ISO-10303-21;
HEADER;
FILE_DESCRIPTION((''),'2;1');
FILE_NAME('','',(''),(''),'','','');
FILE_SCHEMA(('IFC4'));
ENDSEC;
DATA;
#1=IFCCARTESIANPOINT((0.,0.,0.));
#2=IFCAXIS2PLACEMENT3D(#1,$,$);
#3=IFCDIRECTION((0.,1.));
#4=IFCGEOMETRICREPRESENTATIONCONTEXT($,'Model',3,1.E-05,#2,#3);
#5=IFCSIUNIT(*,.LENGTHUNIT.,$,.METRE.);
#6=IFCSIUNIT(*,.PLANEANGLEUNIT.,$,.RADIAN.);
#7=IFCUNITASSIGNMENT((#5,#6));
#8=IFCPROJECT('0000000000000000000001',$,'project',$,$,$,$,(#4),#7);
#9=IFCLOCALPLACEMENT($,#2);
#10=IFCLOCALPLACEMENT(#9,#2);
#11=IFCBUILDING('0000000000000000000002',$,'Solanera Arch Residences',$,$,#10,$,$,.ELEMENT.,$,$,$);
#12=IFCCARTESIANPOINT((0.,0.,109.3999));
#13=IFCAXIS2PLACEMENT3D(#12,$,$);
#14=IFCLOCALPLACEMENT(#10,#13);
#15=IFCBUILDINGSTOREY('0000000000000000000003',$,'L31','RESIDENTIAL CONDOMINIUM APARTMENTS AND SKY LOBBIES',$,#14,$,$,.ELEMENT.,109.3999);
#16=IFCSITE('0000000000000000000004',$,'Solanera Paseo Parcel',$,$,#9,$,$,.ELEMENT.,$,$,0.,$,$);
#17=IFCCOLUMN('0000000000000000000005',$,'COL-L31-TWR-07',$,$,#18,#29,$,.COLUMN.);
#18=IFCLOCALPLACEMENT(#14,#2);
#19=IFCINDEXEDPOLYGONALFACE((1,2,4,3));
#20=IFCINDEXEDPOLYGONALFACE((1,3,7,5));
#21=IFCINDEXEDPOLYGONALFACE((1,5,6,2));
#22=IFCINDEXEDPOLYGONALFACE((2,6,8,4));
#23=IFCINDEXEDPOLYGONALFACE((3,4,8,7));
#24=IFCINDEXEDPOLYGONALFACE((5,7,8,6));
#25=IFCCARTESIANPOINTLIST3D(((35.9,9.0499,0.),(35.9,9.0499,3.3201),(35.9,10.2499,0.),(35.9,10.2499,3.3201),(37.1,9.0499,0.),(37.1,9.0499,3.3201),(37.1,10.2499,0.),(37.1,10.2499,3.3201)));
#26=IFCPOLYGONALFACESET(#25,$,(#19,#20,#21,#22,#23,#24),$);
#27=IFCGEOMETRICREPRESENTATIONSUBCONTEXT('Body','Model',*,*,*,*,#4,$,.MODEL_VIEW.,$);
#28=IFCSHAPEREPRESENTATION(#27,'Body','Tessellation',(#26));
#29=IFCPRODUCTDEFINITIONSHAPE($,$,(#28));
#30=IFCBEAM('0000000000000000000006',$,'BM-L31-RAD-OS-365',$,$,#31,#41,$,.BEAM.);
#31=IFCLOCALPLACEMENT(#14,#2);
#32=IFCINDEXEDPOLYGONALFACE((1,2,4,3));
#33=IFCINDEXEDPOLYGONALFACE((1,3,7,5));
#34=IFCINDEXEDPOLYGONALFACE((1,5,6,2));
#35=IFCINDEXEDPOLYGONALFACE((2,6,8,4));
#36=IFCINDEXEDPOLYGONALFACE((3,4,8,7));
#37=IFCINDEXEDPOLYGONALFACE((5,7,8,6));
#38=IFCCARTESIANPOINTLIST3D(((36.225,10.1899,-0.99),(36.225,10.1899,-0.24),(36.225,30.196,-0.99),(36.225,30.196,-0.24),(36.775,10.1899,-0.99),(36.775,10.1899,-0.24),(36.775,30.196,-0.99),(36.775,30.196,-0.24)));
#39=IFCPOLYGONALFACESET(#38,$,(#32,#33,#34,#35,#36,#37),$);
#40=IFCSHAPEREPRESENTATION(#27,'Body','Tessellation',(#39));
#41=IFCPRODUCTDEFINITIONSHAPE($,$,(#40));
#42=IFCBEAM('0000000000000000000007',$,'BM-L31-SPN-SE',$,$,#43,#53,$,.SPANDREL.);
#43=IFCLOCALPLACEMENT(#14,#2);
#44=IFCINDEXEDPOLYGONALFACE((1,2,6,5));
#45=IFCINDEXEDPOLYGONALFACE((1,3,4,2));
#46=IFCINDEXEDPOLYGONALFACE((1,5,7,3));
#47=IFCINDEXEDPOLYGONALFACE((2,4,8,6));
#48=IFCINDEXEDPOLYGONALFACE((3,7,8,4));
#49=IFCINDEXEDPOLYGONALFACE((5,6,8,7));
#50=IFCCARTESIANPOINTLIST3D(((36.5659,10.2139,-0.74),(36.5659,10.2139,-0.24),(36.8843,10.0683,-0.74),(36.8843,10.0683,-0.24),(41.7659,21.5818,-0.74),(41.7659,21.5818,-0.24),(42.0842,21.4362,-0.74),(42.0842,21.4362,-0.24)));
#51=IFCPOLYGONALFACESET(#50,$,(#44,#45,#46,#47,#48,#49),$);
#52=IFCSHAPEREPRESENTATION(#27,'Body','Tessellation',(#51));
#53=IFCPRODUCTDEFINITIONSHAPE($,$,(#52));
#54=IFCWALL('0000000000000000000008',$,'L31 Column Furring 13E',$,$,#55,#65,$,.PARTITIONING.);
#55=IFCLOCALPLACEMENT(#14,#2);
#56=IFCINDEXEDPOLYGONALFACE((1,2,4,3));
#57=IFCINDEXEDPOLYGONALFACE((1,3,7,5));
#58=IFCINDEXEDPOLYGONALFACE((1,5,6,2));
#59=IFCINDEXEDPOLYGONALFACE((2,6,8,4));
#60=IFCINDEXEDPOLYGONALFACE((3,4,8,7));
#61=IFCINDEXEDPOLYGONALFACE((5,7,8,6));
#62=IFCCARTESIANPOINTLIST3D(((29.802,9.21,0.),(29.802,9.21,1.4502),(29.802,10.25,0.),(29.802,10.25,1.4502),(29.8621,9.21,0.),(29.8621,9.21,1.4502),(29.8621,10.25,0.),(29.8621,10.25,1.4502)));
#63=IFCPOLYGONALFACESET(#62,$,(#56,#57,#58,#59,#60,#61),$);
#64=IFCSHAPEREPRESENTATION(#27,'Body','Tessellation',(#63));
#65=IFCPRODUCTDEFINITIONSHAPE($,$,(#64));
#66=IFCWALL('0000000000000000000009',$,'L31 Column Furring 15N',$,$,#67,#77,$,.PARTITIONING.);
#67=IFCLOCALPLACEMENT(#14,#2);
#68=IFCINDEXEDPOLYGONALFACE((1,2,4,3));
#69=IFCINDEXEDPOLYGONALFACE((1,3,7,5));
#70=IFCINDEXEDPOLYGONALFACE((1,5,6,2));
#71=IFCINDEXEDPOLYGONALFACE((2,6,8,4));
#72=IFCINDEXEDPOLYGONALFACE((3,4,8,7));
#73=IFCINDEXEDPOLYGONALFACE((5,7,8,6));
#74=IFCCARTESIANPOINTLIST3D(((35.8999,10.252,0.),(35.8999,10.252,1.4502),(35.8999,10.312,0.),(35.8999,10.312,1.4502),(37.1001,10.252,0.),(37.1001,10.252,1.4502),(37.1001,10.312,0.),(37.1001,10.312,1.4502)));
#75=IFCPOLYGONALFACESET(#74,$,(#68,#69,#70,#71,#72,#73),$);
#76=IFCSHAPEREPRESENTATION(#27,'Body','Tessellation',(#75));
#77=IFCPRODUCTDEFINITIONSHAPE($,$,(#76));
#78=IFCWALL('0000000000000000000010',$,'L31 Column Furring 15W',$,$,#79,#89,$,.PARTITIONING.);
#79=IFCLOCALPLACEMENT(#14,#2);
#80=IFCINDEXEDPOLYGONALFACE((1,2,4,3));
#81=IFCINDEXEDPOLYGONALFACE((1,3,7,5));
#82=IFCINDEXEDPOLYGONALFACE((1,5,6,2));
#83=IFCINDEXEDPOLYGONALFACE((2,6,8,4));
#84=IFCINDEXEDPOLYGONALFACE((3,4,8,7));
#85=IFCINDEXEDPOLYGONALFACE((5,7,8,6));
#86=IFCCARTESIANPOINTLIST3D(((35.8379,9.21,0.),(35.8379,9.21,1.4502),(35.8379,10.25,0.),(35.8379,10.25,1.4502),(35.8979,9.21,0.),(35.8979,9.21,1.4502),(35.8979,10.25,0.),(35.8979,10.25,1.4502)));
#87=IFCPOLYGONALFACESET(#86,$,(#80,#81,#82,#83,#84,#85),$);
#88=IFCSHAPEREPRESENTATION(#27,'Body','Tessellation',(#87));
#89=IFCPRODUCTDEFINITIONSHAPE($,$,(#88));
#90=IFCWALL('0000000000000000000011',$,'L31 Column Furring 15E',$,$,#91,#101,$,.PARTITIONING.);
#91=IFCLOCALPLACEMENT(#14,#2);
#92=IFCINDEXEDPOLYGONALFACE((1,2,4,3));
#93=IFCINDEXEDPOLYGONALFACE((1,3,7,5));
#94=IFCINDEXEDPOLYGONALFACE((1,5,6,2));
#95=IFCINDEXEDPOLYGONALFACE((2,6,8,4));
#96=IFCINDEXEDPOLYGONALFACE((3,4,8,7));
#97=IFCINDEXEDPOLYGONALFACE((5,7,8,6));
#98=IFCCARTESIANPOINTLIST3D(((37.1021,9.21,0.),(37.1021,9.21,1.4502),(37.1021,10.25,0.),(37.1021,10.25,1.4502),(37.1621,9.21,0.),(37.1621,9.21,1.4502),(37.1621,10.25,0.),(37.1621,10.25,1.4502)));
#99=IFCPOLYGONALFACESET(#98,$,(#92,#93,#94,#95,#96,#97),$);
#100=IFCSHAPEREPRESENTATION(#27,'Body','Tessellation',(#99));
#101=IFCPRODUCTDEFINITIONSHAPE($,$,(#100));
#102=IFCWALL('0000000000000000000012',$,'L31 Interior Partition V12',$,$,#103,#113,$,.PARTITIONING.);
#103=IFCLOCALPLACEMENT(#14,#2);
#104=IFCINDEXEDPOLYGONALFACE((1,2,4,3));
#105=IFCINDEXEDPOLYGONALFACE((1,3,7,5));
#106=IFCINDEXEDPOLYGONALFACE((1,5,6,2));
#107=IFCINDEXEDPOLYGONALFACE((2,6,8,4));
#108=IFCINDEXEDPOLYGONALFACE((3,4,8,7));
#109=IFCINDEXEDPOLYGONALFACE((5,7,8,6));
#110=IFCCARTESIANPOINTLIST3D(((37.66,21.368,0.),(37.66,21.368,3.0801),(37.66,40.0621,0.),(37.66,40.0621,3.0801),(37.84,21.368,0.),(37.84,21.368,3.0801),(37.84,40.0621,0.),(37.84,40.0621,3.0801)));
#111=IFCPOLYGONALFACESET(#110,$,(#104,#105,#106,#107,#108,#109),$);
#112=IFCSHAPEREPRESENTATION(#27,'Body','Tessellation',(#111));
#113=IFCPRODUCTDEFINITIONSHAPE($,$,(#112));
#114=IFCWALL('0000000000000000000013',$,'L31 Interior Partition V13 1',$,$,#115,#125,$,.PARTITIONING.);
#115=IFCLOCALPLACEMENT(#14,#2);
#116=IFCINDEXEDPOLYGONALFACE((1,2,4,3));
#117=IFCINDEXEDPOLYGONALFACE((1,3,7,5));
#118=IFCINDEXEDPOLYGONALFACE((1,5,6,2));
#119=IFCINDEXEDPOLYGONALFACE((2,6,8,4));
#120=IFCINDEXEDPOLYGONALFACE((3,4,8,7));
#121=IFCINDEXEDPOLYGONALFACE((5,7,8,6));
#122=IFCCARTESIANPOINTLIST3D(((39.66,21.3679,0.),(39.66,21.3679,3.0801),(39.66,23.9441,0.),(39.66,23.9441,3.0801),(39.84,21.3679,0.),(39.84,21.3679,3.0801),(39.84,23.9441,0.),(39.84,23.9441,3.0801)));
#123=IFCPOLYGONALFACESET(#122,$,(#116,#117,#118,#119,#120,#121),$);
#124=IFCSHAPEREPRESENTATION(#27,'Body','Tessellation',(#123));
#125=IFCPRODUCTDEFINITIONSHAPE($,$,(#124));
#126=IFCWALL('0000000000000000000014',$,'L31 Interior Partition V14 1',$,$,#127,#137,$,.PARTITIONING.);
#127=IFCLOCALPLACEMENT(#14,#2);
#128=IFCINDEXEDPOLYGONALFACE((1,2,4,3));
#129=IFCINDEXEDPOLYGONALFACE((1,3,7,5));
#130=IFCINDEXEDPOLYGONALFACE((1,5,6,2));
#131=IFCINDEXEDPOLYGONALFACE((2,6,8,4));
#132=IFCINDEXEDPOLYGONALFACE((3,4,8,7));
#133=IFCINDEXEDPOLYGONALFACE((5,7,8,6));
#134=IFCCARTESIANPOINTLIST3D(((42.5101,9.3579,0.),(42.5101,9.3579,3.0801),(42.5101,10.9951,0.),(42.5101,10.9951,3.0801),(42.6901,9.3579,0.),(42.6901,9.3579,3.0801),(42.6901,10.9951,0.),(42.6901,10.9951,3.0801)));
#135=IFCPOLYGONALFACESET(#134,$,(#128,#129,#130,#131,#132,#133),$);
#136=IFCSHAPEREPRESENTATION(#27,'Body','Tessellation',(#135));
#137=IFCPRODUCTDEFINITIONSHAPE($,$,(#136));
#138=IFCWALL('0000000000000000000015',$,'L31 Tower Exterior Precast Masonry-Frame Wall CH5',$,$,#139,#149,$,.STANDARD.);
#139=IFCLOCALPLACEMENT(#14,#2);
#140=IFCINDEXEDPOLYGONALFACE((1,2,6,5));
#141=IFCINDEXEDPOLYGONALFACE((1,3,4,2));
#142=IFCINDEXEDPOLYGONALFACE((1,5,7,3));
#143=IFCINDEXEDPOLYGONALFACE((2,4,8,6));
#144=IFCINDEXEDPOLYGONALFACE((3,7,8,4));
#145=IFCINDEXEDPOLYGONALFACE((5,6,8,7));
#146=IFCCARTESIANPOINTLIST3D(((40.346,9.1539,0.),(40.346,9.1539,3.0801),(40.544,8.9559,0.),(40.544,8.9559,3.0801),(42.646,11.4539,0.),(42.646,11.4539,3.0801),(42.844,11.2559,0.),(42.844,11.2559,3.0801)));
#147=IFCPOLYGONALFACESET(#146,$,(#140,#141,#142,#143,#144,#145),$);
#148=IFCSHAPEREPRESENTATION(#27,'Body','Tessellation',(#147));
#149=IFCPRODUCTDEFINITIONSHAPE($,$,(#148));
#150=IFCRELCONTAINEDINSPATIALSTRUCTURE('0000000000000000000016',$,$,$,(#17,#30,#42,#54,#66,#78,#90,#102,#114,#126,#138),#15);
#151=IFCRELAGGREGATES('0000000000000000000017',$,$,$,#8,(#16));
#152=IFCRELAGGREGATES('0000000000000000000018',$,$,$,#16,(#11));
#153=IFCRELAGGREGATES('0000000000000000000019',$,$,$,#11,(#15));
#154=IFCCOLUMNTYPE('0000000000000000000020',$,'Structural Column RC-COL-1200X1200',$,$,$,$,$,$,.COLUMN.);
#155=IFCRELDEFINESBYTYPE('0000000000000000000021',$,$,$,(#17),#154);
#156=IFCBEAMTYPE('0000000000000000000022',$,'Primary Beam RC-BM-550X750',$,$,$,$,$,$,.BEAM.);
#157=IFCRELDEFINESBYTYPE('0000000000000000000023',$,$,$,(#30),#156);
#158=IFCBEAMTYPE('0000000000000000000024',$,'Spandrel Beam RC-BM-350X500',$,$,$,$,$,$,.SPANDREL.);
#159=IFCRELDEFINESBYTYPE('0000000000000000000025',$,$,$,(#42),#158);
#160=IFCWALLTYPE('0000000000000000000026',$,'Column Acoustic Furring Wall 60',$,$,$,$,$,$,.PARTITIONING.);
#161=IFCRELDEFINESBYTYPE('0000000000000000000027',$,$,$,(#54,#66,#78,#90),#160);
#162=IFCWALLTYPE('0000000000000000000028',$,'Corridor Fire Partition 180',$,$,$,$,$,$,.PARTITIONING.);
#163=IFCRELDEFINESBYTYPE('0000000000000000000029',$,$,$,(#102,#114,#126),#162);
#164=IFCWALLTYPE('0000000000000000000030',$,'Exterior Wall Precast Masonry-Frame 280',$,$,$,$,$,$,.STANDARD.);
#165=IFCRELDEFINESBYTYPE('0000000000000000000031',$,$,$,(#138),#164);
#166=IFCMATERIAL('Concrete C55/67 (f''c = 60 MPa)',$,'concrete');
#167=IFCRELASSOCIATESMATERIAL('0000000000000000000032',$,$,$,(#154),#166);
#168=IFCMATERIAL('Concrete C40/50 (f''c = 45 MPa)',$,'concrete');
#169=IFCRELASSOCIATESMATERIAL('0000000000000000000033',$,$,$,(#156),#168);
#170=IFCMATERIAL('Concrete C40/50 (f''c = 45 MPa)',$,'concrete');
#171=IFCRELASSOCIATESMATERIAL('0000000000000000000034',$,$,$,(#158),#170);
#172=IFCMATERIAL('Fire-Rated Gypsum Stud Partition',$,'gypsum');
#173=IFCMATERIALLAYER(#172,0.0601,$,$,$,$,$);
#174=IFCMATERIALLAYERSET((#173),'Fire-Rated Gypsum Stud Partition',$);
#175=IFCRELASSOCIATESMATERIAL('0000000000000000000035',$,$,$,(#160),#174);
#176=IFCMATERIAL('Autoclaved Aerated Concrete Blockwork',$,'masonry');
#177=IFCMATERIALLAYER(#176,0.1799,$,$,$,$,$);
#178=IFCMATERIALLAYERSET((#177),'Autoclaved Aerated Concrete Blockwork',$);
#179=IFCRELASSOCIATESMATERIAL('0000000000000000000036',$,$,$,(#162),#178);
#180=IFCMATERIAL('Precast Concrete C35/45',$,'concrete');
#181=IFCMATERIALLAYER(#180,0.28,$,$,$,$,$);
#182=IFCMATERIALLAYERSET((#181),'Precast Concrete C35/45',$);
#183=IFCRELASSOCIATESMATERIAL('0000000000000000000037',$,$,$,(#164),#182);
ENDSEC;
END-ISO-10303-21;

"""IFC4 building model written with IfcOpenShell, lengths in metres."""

from ifc_helpers import new_model, si_unit, direction, frame, frame_2d, origin, origin_2d, place, context, subcontext, project, spatial, rectangle, extrude, material, layer, layer_set, material_profile, profile_set, type_object, element, save


model = new_model("IFC4")

# Units and contexts
model_context = context("Model", 3, precision=1e-05, world=origin(), true_north=direction((0.0, 1.0)))
body_context = subcontext(model_context, "Body", "Model", "MODEL_VIEW")
ifc_project = project(units=[si_unit("LENGTHUNIT", "METRE"), si_unit("PLANEANGLEUNIT", "RADIAN")], contexts=[model_context])

# Site, building, storey
site_placement = place(None, origin())
site = spatial("IfcSite", under=ifc_project, at=site_placement, Name="Solanera Paseo Parcel", CompositionType="ELEMENT", RefElevation=0.0)
building_placement = place(site_placement, origin())
building = spatial("IfcBuilding", under=site, at=building_placement, Name="Solanera Arch Residences", CompositionType="ELEMENT")
storey_placement = place(building_placement, frame((0.0, 0.0, 109.3999)))
storey = spatial("IfcBuildingStorey", under=building, at=storey_placement, Name="L31", Description="RESIDENTIAL CONDOMINIUM APARTMENTS AND SKY LOBBIES", CompositionType="ELEMENT", Elevation=109.3999)

# Column
ifc_material_1 = material(Name="Concrete C55/67 (f'c = 60 MPa)", Category="concrete")
ifc_material_profile_1 = material_profile(ifc_material_1, rectangle(XDim=1.2, YDim=1.2, at=origin_2d()))
ifc_profile_set_1 = profile_set([ifc_material_profile_1], Name="Concrete C55/67 (f'c = 60 MPa)")
column_type = type_object("IfcColumnType", Name="Structural Column RC-COL-1200X1200", PredefinedType="COLUMN", material=ifc_profile_set_1)
column_placement = place(storey_placement, frame((36.5, 9.6499, 0.0), z_axis=(0.0, 0.0, 1.0), x_axis=(1.0, 0.0, 0.0)))
element("IfcColumn", 1, at=column_placement, inside=storey, type_object=column_type, Name="COL-L31-TWR-07", PredefinedType="COLUMN", context=body_context, shape_type="SweptSolid", body=[
    extrude(rectangle(XDim=1.2, YDim=1.2, at=origin_2d()), origin(), (0.0, 0.0, 1.0), 3.3201),
])

# Beams
ifc_material_2 = material(Name="Concrete C40/50 (f'c = 45 MPa)", Category="concrete")
ifc_material_profile_2 = material_profile(ifc_material_2, rectangle(XDim=0.55, YDim=0.75, at=origin_2d()))
ifc_profile_set_2 = profile_set([ifc_material_profile_2], Name="Concrete C40/50 (f'c = 45 MPa)")
beam_type_1 = type_object("IfcBeamType", Name="Primary Beam RC-BM-550X750", PredefinedType="BEAM", material=ifc_profile_set_2)
beam_1_placement = place(storey_placement, frame((36.5, 10.1899, -0.615), z_axis=(0.0, 1.0, 0.0), x_axis=(-1.0, 0.0, 0.0)))
element("IfcBeam", 2, at=beam_1_placement, inside=storey, type_object=beam_type_1, Name="BM-L31-RAD-OS-365", PredefinedType="BEAM", context=body_context, shape_type="SweptSolid", body=[
    extrude(rectangle(XDim=0.55, YDim=0.75, at=origin_2d()), origin(), (0.0, 0.0, 1.0), 20.0061),
])
ifc_material_3 = material(Name="Concrete C40/50 (f'c = 45 MPa)", Category="concrete")
ifc_material_profile_3 = material_profile(ifc_material_3, rectangle(XDim=0.3501, YDim=0.5, at=origin_2d()))
ifc_profile_set_3 = profile_set([ifc_material_profile_3], Name="Concrete C40/50 (f'c = 45 MPa)")
beam_type_2 = type_object("IfcBeamType", Name="Spandrel Beam RC-BM-350X500", PredefinedType="SPANDREL", material=ifc_profile_set_3)
beam_2_placement = place(storey_placement, frame((36.7251, 10.1411, -0.49), z_axis=(0.415971, 0.909378, 0.0), x_axis=(-0.909378, 0.415971, 0.0)))
element("IfcBeam", 3, at=beam_2_placement, inside=storey, type_object=beam_type_2, Name="BM-L31-SPN-SE", PredefinedType="SPANDREL", context=body_context, shape_type="SweptSolid", body=[
    extrude(rectangle(XDim=0.3501, YDim=0.5, at=origin_2d()), origin(), (0.0, 0.0, 1.0), 12.5007),
])

# Walls
ifc_material_4 = material(Name="Fire-Rated Gypsum Stud Partition", Category="gypsum")
ifc_layer_1 = layer(ifc_material_4, 0.0601)
ifc_layer_set_1 = layer_set([ifc_layer_1], Name="Fire-Rated Gypsum Stud Partition")
wall_type_1 = type_object("IfcWallType", Name="Column Acoustic Furring Wall 60", PredefinedType="PARTITIONING", material=ifc_layer_set_1)
wall_1_placement = place(storey_placement, frame((29.832, 9.21, 0.0), z_axis=(0.0, 0.0, 1.0), x_axis=(0.0, 1.0, 0.0)))
element("IfcWall", 4, at=wall_1_placement, inside=storey, type_object=wall_type_1, Name="L31 Column Furring 13E", PredefinedType="PARTITIONING", context=body_context, shape_type="SweptSolid", body=[
    extrude(rectangle(XDim=1.04, YDim=0.0601, at=frame_2d((0.52, 0.0))), origin(), (0.0, 0.0, 1.0), 1.4502),
])
wall_2_placement = place(storey_placement, frame((35.8999, 10.282, 0.0), z_axis=(0.0, 0.0, 1.0), x_axis=(1.0, 0.0, 0.0)))
element("IfcWall", 5, at=wall_2_placement, inside=storey, type_object=wall_type_1, Name="L31 Column Furring 15N", PredefinedType="PARTITIONING", context=body_context, shape_type="SweptSolid", body=[
    extrude(rectangle(XDim=1.2002, YDim=0.0601, at=frame_2d((0.6001, 0.0))), origin(), (0.0, 0.0, 1.0), 1.4502),
])
for number, where, z_axis, x_axis, name in (
    (6, (35.8679, 9.21, 0.0), (0.0, 0.0, 1.0), (0.0, 1.0, 0.0), "L31 Column Furring 15W"),
    (7, (37.1321, 9.21, 0.0), (0.0, 0.0, 1.0), (0.0, 1.0, 0.0), "L31 Column Furring 15E"),
):
    element("IfcWall", number, at=place(storey_placement, frame(where, z_axis=z_axis, x_axis=x_axis)), inside=storey, type_object=wall_type_1, Name=name, PredefinedType="PARTITIONING", context=body_context, shape_type="SweptSolid", body=[
        extrude(rectangle(XDim=1.04, YDim=0.0601, at=frame_2d((0.52, 0.0))), origin(), (0.0, 0.0, 1.0), 1.4502),
    ])
ifc_material_5 = material(Name="Autoclaved Aerated Concrete Blockwork", Category="masonry")
ifc_layer_2 = layer(ifc_material_5, 0.1799)
ifc_layer_set_2 = layer_set([ifc_layer_2], Name="Autoclaved Aerated Concrete Blockwork")
wall_type_2 = type_object("IfcWallType", Name="Corridor Fire Partition 180", PredefinedType="PARTITIONING", material=ifc_layer_set_2)
wall_3_placement = place(storey_placement, frame((37.75, 21.3679, 0.0), z_axis=(0.0, 0.0, 1.0), x_axis=(0.0, 1.0, 0.0)))
element("IfcWall", 8, at=wall_3_placement, inside=storey, type_object=wall_type_2, Name="L31 Interior Partition V12", PredefinedType="PARTITIONING", context=body_context, shape_type="SweptSolid", body=[
    extrude(rectangle(XDim=18.6941, YDim=0.1799, at=frame_2d((9.3472, 0.0))), origin(), (0.0, 0.0, 1.0), 3.0801),
])
wall_4_placement = place(storey_placement, frame((39.75, 21.3679, 0.0), z_axis=(0.0, 0.0, 1.0), x_axis=(0.0, 1.0, 0.0)))
element("IfcWall", 9, at=wall_4_placement, inside=storey, type_object=wall_type_2, Name="L31 Interior Partition V13 1", PredefinedType="PARTITIONING", context=body_context, shape_type="SweptSolid", body=[
    extrude(rectangle(XDim=2.5762, YDim=0.1799, at=frame_2d((1.2881, 0.0))), origin(), (0.0, 0.0, 1.0), 3.0801),
])
wall_5_placement = place(storey_placement, frame((42.6001, 9.3579, 0.0), z_axis=(0.0, 0.0, 1.0), x_axis=(0.0, 1.0, 0.0)))
element("IfcWall", 10, at=wall_5_placement, inside=storey, type_object=wall_type_2, Name="L31 Interior Partition V14 1", PredefinedType="PARTITIONING", context=body_context, shape_type="SweptSolid", body=[
    extrude(rectangle(XDim=1.6372, YDim=0.1799, at=frame_2d((0.8186, 0.0))), origin(), (0.0, 0.0, 1.0), 3.0801),
])
ifc_material_6 = material(Name="Precast Concrete C35/45", Category="concrete")
ifc_layer_3 = layer(ifc_material_6, 0.28)
ifc_layer_set_3 = layer_set([ifc_layer_3], Name="Precast Concrete C35/45")
wall_type_3 = type_object("IfcWallType", Name="Exterior Wall Precast Masonry-Frame 280", PredefinedType="STANDARD", material=ifc_layer_set_3)
wall_6_placement = place(storey_placement, frame((42.7451, 11.355, 0.0), z_axis=(0.0, 0.0, 1.0), x_axis=(-0.707107, -0.707107, 0.0)))
element("IfcWall", 11, at=wall_6_placement, inside=storey, type_object=wall_type_3, Name="L31 Tower Exterior Precast Masonry-Frame Wall CH5", PredefinedType="STANDARD", context=body_context, shape_type="SweptSolid", body=[
    extrude(rectangle(XDim=3.2527, YDim=0.28, at=frame_2d((1.6265, 0.0))), origin(), (0.0, 0.0, 1.0), 3.0801),
])

save(model, "model.ifc")
